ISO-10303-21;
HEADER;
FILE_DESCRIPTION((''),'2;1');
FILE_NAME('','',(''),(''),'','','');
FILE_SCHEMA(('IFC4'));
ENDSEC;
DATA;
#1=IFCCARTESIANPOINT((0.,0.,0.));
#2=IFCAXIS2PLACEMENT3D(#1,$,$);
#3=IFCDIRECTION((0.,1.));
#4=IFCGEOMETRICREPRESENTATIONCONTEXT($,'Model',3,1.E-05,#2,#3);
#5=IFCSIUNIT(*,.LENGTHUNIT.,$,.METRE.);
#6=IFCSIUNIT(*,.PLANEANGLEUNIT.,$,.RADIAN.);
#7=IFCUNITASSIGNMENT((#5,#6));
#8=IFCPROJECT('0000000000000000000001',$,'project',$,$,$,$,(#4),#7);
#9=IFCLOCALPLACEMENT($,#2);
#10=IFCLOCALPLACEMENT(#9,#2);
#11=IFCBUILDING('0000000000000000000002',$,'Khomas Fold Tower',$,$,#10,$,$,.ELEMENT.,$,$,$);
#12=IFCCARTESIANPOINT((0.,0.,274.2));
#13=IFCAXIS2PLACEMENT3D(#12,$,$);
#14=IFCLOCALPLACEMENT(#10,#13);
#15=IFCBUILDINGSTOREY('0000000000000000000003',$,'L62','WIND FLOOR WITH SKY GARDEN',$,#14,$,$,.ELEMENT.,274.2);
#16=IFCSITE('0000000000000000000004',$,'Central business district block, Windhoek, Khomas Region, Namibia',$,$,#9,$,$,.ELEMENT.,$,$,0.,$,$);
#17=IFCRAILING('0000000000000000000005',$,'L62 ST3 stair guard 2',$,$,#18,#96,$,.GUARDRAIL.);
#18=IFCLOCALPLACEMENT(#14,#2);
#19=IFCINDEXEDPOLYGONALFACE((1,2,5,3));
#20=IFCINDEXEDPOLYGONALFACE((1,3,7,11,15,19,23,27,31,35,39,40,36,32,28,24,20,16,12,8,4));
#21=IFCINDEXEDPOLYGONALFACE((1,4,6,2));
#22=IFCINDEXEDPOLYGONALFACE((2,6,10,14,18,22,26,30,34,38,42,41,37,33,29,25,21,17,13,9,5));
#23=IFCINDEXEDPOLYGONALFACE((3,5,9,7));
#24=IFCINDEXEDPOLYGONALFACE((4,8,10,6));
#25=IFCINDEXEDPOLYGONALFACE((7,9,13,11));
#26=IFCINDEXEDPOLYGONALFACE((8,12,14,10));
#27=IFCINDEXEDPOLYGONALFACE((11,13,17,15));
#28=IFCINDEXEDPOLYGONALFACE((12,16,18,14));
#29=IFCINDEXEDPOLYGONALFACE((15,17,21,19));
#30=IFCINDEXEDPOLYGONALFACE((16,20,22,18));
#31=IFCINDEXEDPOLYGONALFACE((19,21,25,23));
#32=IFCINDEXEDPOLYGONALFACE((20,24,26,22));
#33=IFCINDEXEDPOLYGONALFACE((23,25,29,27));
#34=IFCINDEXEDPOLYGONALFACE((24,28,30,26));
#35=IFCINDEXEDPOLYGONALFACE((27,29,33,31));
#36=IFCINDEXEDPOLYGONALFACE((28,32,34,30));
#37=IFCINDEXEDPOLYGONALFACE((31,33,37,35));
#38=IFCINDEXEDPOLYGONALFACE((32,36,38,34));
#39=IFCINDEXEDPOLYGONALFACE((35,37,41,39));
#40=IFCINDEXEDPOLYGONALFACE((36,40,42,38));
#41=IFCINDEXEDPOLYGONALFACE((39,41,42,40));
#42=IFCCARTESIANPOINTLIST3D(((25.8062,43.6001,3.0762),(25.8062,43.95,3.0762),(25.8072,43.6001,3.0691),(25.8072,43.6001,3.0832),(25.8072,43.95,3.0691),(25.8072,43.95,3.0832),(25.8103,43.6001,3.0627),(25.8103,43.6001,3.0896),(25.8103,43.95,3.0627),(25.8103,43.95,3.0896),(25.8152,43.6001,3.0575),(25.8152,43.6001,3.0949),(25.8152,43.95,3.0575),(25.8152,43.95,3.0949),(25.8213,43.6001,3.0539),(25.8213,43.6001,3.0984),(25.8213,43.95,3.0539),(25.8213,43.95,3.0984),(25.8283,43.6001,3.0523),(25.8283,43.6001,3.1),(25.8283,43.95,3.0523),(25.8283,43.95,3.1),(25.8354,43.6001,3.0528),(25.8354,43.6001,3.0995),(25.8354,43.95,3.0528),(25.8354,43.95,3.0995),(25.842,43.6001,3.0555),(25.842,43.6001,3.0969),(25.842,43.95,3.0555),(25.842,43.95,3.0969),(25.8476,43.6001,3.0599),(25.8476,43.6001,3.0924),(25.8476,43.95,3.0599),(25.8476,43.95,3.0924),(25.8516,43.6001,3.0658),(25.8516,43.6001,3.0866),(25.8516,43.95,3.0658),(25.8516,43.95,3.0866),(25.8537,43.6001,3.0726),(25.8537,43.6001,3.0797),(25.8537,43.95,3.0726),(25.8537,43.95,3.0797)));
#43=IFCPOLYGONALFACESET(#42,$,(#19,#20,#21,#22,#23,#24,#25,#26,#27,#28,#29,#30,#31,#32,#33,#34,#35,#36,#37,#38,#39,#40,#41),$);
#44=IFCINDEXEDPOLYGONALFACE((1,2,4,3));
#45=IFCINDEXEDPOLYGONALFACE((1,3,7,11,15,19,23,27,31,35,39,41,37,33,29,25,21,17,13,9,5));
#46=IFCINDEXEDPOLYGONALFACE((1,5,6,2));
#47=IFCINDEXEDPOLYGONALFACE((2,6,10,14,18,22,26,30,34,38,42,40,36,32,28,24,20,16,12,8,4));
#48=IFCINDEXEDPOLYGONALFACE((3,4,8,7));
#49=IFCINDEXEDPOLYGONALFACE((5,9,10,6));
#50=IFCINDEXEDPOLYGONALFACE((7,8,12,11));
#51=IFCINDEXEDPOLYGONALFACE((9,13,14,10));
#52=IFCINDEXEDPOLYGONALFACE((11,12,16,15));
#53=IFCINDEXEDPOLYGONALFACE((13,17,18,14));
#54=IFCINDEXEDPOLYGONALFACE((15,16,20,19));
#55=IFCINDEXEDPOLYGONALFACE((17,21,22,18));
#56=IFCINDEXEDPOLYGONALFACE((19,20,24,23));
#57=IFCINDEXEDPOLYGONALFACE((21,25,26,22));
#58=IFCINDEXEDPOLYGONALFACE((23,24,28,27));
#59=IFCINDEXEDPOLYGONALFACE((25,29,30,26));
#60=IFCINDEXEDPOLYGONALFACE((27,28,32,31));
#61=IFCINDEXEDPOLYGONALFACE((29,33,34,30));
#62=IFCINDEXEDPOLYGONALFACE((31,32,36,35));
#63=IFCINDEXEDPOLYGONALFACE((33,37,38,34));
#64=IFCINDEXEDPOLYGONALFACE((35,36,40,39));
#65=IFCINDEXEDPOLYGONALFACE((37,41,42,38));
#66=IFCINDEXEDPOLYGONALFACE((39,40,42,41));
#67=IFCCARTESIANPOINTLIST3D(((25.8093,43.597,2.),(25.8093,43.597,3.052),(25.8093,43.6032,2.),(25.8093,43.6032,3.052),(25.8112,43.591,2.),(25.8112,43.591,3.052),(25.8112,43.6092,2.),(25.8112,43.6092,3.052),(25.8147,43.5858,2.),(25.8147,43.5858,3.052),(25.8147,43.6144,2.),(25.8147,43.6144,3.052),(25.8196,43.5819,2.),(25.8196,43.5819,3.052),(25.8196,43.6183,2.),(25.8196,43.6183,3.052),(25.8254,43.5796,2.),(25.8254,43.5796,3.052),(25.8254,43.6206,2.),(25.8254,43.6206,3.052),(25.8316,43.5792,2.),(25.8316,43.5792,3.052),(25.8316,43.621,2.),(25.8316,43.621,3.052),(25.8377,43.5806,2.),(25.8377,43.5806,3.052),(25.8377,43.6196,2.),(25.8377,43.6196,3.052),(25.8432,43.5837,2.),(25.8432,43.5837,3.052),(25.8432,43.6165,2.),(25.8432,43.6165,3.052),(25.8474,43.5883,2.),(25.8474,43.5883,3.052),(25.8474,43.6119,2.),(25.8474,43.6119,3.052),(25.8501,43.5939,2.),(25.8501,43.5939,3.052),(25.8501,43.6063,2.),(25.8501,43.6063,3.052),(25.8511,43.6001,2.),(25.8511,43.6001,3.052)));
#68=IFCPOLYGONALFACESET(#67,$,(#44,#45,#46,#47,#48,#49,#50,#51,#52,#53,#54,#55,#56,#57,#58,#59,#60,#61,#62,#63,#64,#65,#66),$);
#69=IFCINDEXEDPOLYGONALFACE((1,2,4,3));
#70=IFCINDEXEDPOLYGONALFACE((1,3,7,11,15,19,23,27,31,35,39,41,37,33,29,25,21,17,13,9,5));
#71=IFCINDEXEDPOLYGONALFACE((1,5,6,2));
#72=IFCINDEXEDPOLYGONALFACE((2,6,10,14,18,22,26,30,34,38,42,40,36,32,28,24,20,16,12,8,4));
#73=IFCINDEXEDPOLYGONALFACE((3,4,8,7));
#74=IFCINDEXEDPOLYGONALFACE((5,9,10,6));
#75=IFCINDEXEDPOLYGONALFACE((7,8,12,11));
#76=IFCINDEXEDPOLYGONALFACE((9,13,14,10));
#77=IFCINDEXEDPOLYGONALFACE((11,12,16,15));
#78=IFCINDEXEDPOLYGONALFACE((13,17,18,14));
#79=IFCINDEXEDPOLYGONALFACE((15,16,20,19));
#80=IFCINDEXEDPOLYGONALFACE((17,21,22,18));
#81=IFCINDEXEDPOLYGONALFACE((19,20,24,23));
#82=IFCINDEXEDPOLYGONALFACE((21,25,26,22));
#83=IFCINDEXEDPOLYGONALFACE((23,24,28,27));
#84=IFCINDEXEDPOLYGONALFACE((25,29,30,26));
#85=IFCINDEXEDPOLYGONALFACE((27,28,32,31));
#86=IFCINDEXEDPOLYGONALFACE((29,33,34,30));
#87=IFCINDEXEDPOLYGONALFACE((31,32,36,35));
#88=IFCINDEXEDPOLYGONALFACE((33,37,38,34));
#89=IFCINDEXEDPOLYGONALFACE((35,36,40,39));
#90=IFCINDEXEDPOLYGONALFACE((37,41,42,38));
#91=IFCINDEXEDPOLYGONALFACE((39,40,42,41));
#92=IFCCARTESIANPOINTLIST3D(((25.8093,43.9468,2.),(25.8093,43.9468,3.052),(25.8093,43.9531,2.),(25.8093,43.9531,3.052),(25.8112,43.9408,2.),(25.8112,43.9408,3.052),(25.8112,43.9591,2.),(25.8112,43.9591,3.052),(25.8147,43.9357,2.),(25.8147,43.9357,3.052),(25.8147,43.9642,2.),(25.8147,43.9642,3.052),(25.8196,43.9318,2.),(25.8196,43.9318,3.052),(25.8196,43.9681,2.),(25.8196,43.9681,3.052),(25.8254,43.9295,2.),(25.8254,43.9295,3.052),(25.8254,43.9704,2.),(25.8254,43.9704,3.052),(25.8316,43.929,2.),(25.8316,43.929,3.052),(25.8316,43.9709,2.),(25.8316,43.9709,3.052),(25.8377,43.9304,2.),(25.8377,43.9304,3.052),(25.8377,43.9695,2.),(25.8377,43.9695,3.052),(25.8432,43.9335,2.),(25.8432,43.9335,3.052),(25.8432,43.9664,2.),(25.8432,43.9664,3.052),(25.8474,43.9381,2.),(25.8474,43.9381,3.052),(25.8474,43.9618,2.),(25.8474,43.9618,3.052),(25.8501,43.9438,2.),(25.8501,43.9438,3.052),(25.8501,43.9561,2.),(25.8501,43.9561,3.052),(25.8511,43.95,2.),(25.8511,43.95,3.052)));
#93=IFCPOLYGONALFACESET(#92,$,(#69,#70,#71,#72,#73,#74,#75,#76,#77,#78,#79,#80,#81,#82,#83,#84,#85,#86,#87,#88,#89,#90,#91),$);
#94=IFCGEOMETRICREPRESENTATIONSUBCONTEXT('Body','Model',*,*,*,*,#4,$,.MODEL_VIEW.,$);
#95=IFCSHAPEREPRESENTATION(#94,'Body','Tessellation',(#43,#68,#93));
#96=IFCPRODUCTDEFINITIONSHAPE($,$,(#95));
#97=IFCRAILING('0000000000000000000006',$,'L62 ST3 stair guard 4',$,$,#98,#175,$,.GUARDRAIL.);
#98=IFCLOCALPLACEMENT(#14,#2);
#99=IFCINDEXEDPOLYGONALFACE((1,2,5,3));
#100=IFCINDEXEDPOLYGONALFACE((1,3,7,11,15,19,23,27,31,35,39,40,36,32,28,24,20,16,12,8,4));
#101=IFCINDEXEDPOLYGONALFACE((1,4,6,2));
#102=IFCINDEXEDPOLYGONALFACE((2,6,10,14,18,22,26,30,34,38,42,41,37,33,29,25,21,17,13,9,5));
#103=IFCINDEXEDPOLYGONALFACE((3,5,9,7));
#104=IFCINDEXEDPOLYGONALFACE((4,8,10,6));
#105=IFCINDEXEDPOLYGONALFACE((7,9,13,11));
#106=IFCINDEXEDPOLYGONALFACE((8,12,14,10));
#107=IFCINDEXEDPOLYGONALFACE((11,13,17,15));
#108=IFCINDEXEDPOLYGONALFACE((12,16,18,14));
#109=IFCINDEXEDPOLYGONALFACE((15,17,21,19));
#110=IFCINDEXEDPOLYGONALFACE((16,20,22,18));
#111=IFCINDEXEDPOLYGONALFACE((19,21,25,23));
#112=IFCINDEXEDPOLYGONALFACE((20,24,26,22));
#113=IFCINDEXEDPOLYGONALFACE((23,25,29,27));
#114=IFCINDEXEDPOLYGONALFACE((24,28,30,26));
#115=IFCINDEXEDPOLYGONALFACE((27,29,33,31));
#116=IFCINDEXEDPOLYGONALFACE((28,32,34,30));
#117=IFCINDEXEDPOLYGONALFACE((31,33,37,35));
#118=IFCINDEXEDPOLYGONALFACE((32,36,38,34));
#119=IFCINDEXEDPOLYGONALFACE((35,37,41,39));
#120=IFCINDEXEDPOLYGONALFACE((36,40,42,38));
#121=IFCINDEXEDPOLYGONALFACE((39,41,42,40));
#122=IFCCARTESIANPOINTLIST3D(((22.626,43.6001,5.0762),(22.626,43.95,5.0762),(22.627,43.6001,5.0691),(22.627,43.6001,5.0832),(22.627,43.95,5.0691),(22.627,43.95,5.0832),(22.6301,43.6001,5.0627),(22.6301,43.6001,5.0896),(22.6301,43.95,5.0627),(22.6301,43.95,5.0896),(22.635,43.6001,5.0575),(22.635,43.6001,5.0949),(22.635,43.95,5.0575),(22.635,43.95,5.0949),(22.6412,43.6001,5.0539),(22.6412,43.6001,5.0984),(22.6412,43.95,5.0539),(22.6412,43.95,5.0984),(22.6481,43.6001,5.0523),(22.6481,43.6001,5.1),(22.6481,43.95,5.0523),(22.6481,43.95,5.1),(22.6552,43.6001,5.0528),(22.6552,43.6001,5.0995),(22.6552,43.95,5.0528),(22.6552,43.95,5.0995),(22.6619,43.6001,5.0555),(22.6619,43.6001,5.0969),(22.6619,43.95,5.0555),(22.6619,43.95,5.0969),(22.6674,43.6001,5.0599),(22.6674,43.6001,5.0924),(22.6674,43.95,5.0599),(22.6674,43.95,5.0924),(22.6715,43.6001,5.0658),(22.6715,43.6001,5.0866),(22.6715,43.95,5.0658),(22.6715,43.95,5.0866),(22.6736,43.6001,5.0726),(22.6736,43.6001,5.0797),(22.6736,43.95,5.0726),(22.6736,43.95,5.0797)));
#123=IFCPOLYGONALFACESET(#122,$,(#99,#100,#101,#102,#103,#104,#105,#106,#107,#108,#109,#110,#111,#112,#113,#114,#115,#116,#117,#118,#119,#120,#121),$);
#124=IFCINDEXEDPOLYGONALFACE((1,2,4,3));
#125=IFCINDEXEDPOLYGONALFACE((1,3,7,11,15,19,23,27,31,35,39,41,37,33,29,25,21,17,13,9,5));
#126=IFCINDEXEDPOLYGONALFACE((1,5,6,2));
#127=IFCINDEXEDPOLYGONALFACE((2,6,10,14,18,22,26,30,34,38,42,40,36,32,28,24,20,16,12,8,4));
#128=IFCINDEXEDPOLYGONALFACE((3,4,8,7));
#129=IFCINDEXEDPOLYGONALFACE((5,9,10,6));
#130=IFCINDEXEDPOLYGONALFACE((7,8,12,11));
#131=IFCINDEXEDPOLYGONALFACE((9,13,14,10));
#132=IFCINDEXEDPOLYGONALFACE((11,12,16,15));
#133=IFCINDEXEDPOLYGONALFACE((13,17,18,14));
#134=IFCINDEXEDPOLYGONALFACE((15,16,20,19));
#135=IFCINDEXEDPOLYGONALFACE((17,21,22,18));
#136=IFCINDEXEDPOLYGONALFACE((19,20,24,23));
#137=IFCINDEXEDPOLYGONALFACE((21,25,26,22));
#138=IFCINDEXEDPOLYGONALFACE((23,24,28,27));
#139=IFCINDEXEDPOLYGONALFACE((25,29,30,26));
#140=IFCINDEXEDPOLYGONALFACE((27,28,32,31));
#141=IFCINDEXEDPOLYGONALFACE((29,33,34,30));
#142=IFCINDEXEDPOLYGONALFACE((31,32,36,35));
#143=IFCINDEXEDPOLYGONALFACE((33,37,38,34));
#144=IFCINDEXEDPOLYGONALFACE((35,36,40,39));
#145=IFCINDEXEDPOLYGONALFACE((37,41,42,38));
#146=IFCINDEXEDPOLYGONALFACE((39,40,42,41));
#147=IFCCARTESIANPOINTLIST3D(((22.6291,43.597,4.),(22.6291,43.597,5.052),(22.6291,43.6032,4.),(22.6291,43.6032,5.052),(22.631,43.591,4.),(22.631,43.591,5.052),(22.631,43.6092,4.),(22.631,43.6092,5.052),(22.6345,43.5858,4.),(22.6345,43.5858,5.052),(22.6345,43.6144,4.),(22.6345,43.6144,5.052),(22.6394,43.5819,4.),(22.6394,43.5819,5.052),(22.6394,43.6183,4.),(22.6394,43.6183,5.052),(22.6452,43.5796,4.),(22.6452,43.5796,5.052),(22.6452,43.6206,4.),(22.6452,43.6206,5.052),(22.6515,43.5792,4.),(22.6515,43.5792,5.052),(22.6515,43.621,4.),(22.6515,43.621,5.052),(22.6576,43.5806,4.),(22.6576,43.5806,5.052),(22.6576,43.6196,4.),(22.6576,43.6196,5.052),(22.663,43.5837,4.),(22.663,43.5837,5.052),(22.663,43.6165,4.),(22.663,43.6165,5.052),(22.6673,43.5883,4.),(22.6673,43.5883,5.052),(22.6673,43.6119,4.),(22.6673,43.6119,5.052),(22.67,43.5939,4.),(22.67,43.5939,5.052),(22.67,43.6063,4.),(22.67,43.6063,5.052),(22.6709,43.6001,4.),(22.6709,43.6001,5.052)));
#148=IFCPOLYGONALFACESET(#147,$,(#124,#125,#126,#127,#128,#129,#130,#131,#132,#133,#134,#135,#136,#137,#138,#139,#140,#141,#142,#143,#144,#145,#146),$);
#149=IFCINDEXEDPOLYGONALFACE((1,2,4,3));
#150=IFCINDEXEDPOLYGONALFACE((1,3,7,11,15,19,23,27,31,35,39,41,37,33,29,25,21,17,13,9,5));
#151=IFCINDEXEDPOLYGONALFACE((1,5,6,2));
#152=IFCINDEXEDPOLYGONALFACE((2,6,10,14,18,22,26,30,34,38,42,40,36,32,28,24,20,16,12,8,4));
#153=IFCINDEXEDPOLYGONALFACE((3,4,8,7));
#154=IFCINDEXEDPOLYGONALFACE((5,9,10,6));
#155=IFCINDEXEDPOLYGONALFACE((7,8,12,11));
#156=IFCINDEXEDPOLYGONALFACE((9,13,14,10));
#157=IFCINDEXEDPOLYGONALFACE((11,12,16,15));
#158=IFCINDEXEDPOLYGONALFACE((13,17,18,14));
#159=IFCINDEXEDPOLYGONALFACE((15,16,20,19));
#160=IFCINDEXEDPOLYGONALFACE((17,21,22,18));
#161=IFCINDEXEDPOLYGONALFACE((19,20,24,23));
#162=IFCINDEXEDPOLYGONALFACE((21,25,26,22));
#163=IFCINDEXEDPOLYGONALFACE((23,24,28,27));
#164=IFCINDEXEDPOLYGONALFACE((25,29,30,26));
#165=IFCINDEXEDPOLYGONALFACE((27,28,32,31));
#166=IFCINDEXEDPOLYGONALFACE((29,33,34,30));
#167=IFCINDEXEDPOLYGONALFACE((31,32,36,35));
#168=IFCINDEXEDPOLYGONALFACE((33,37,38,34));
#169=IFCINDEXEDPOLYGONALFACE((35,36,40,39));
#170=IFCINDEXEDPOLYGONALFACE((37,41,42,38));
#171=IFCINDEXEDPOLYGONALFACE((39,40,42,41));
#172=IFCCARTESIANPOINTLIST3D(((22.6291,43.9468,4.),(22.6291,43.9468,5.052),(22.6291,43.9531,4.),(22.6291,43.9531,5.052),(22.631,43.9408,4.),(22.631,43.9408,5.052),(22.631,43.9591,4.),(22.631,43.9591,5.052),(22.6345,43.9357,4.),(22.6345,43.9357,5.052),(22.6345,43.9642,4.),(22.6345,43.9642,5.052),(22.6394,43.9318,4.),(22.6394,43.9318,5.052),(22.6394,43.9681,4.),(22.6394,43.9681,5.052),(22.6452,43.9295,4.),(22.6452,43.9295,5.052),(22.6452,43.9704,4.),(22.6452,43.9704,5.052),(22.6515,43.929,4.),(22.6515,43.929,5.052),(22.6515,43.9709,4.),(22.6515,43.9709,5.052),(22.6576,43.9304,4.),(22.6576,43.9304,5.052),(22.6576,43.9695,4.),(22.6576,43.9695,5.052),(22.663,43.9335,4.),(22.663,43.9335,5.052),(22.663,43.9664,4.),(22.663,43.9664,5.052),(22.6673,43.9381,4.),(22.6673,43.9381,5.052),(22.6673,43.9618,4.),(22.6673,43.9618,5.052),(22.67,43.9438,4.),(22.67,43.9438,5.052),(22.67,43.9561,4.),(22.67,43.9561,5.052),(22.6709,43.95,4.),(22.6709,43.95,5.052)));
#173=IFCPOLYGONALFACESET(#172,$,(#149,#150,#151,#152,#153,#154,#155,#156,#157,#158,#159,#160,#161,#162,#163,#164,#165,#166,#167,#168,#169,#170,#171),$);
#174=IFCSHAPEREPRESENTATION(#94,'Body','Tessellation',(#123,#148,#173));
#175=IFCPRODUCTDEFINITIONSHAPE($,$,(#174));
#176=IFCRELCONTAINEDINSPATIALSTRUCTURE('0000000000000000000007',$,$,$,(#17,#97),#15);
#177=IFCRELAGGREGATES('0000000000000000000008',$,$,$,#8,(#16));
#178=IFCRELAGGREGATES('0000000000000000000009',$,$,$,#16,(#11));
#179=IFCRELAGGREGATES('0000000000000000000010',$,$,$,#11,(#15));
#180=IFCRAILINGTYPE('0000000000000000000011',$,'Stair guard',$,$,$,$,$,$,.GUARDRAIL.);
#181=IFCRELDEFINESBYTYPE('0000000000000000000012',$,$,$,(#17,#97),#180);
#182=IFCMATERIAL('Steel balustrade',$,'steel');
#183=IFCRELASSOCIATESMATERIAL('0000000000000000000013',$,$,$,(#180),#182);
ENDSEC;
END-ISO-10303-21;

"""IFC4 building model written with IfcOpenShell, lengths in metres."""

from ifc_helpers import new_model, si_unit, direction, frame, origin, origin_2d, place, context, subcontext, project, spatial, circle, extrude, source, transform, mapped, material, type_object, element, save


model = new_model("IFC4")

# Units and contexts
model_context = context("Model", 3, precision=1e-05, world=origin(), true_north=direction((0.0, 1.0)))
body_context = subcontext(model_context, "Body", "Model", "MODEL_VIEW")
ifc_project = project(units=[si_unit("LENGTHUNIT", "METRE"), si_unit("PLANEANGLEUNIT", "RADIAN")], contexts=[model_context])

# Site, building, storey
site_placement = place(None, origin())
site = spatial("IfcSite", under=ifc_project, at=site_placement, Name="Central business district block, Windhoek, Khomas Region, Namibia", CompositionType="ELEMENT", RefElevation=0.0)
building_placement = place(site_placement, origin())
building = spatial("IfcBuilding", under=site, at=building_placement, Name="Khomas Fold Tower", CompositionType="ELEMENT")
storey_placement = place(building_placement, frame((0.0, 0.0, 274.2)))
storey = spatial("IfcBuildingStorey", under=building, at=storey_placement, Name="L62", Description="WIND FLOOR WITH SKY GARDEN", CompositionType="ELEMENT", Elevation=274.2)

# Railings
ifc_material_1 = material(Name="Steel balustrade", Category="steel")
railing_type_1 = type_object("IfcRailingType", Name="Stair guard", PredefinedType="GUARDRAIL", material=ifc_material_1)
shared_shape_1 = source(origin(), body_context, "Body", "SweptSolid", [
    extrude(circle(Radius=0.0239, at=origin_2d()), frame((0.0, 0.0, 1.0762), z_axis=(0.0, 1.0, 0.0), x_axis=(-1.0, 0.0, 0.0)), (0.0, 0.0, 1.0), 0.3499),
    extrude(circle(Radius=0.021, at=origin_2d()), origin(), (0.0, 0.0, 1.0), 1.052),
    extrude(circle(Radius=0.021, at=origin_2d()), frame((0.0, 0.3499, 0.0)), (0.0, 0.0, 1.0), 1.052),
])
for number, where, name in (
    (1, (25.8301, 43.6001, 2.0), "L62 ST3 stair guard 2"),
    (2, (22.6499, 43.6001, 4.0), "L62 ST3 stair guard 4"),
):
    element("IfcRailing", number, at=place(storey_placement, frame(where)), inside=storey, type_object=railing_type_1, Name=name, PredefinedType="GUARDRAIL", context=body_context, shape_type="MappedRepresentation", body=[
        mapped(shared_shape_1, transform((0.0, 0.0, 0.0))),
    ])

save(model, "model.ifc")
